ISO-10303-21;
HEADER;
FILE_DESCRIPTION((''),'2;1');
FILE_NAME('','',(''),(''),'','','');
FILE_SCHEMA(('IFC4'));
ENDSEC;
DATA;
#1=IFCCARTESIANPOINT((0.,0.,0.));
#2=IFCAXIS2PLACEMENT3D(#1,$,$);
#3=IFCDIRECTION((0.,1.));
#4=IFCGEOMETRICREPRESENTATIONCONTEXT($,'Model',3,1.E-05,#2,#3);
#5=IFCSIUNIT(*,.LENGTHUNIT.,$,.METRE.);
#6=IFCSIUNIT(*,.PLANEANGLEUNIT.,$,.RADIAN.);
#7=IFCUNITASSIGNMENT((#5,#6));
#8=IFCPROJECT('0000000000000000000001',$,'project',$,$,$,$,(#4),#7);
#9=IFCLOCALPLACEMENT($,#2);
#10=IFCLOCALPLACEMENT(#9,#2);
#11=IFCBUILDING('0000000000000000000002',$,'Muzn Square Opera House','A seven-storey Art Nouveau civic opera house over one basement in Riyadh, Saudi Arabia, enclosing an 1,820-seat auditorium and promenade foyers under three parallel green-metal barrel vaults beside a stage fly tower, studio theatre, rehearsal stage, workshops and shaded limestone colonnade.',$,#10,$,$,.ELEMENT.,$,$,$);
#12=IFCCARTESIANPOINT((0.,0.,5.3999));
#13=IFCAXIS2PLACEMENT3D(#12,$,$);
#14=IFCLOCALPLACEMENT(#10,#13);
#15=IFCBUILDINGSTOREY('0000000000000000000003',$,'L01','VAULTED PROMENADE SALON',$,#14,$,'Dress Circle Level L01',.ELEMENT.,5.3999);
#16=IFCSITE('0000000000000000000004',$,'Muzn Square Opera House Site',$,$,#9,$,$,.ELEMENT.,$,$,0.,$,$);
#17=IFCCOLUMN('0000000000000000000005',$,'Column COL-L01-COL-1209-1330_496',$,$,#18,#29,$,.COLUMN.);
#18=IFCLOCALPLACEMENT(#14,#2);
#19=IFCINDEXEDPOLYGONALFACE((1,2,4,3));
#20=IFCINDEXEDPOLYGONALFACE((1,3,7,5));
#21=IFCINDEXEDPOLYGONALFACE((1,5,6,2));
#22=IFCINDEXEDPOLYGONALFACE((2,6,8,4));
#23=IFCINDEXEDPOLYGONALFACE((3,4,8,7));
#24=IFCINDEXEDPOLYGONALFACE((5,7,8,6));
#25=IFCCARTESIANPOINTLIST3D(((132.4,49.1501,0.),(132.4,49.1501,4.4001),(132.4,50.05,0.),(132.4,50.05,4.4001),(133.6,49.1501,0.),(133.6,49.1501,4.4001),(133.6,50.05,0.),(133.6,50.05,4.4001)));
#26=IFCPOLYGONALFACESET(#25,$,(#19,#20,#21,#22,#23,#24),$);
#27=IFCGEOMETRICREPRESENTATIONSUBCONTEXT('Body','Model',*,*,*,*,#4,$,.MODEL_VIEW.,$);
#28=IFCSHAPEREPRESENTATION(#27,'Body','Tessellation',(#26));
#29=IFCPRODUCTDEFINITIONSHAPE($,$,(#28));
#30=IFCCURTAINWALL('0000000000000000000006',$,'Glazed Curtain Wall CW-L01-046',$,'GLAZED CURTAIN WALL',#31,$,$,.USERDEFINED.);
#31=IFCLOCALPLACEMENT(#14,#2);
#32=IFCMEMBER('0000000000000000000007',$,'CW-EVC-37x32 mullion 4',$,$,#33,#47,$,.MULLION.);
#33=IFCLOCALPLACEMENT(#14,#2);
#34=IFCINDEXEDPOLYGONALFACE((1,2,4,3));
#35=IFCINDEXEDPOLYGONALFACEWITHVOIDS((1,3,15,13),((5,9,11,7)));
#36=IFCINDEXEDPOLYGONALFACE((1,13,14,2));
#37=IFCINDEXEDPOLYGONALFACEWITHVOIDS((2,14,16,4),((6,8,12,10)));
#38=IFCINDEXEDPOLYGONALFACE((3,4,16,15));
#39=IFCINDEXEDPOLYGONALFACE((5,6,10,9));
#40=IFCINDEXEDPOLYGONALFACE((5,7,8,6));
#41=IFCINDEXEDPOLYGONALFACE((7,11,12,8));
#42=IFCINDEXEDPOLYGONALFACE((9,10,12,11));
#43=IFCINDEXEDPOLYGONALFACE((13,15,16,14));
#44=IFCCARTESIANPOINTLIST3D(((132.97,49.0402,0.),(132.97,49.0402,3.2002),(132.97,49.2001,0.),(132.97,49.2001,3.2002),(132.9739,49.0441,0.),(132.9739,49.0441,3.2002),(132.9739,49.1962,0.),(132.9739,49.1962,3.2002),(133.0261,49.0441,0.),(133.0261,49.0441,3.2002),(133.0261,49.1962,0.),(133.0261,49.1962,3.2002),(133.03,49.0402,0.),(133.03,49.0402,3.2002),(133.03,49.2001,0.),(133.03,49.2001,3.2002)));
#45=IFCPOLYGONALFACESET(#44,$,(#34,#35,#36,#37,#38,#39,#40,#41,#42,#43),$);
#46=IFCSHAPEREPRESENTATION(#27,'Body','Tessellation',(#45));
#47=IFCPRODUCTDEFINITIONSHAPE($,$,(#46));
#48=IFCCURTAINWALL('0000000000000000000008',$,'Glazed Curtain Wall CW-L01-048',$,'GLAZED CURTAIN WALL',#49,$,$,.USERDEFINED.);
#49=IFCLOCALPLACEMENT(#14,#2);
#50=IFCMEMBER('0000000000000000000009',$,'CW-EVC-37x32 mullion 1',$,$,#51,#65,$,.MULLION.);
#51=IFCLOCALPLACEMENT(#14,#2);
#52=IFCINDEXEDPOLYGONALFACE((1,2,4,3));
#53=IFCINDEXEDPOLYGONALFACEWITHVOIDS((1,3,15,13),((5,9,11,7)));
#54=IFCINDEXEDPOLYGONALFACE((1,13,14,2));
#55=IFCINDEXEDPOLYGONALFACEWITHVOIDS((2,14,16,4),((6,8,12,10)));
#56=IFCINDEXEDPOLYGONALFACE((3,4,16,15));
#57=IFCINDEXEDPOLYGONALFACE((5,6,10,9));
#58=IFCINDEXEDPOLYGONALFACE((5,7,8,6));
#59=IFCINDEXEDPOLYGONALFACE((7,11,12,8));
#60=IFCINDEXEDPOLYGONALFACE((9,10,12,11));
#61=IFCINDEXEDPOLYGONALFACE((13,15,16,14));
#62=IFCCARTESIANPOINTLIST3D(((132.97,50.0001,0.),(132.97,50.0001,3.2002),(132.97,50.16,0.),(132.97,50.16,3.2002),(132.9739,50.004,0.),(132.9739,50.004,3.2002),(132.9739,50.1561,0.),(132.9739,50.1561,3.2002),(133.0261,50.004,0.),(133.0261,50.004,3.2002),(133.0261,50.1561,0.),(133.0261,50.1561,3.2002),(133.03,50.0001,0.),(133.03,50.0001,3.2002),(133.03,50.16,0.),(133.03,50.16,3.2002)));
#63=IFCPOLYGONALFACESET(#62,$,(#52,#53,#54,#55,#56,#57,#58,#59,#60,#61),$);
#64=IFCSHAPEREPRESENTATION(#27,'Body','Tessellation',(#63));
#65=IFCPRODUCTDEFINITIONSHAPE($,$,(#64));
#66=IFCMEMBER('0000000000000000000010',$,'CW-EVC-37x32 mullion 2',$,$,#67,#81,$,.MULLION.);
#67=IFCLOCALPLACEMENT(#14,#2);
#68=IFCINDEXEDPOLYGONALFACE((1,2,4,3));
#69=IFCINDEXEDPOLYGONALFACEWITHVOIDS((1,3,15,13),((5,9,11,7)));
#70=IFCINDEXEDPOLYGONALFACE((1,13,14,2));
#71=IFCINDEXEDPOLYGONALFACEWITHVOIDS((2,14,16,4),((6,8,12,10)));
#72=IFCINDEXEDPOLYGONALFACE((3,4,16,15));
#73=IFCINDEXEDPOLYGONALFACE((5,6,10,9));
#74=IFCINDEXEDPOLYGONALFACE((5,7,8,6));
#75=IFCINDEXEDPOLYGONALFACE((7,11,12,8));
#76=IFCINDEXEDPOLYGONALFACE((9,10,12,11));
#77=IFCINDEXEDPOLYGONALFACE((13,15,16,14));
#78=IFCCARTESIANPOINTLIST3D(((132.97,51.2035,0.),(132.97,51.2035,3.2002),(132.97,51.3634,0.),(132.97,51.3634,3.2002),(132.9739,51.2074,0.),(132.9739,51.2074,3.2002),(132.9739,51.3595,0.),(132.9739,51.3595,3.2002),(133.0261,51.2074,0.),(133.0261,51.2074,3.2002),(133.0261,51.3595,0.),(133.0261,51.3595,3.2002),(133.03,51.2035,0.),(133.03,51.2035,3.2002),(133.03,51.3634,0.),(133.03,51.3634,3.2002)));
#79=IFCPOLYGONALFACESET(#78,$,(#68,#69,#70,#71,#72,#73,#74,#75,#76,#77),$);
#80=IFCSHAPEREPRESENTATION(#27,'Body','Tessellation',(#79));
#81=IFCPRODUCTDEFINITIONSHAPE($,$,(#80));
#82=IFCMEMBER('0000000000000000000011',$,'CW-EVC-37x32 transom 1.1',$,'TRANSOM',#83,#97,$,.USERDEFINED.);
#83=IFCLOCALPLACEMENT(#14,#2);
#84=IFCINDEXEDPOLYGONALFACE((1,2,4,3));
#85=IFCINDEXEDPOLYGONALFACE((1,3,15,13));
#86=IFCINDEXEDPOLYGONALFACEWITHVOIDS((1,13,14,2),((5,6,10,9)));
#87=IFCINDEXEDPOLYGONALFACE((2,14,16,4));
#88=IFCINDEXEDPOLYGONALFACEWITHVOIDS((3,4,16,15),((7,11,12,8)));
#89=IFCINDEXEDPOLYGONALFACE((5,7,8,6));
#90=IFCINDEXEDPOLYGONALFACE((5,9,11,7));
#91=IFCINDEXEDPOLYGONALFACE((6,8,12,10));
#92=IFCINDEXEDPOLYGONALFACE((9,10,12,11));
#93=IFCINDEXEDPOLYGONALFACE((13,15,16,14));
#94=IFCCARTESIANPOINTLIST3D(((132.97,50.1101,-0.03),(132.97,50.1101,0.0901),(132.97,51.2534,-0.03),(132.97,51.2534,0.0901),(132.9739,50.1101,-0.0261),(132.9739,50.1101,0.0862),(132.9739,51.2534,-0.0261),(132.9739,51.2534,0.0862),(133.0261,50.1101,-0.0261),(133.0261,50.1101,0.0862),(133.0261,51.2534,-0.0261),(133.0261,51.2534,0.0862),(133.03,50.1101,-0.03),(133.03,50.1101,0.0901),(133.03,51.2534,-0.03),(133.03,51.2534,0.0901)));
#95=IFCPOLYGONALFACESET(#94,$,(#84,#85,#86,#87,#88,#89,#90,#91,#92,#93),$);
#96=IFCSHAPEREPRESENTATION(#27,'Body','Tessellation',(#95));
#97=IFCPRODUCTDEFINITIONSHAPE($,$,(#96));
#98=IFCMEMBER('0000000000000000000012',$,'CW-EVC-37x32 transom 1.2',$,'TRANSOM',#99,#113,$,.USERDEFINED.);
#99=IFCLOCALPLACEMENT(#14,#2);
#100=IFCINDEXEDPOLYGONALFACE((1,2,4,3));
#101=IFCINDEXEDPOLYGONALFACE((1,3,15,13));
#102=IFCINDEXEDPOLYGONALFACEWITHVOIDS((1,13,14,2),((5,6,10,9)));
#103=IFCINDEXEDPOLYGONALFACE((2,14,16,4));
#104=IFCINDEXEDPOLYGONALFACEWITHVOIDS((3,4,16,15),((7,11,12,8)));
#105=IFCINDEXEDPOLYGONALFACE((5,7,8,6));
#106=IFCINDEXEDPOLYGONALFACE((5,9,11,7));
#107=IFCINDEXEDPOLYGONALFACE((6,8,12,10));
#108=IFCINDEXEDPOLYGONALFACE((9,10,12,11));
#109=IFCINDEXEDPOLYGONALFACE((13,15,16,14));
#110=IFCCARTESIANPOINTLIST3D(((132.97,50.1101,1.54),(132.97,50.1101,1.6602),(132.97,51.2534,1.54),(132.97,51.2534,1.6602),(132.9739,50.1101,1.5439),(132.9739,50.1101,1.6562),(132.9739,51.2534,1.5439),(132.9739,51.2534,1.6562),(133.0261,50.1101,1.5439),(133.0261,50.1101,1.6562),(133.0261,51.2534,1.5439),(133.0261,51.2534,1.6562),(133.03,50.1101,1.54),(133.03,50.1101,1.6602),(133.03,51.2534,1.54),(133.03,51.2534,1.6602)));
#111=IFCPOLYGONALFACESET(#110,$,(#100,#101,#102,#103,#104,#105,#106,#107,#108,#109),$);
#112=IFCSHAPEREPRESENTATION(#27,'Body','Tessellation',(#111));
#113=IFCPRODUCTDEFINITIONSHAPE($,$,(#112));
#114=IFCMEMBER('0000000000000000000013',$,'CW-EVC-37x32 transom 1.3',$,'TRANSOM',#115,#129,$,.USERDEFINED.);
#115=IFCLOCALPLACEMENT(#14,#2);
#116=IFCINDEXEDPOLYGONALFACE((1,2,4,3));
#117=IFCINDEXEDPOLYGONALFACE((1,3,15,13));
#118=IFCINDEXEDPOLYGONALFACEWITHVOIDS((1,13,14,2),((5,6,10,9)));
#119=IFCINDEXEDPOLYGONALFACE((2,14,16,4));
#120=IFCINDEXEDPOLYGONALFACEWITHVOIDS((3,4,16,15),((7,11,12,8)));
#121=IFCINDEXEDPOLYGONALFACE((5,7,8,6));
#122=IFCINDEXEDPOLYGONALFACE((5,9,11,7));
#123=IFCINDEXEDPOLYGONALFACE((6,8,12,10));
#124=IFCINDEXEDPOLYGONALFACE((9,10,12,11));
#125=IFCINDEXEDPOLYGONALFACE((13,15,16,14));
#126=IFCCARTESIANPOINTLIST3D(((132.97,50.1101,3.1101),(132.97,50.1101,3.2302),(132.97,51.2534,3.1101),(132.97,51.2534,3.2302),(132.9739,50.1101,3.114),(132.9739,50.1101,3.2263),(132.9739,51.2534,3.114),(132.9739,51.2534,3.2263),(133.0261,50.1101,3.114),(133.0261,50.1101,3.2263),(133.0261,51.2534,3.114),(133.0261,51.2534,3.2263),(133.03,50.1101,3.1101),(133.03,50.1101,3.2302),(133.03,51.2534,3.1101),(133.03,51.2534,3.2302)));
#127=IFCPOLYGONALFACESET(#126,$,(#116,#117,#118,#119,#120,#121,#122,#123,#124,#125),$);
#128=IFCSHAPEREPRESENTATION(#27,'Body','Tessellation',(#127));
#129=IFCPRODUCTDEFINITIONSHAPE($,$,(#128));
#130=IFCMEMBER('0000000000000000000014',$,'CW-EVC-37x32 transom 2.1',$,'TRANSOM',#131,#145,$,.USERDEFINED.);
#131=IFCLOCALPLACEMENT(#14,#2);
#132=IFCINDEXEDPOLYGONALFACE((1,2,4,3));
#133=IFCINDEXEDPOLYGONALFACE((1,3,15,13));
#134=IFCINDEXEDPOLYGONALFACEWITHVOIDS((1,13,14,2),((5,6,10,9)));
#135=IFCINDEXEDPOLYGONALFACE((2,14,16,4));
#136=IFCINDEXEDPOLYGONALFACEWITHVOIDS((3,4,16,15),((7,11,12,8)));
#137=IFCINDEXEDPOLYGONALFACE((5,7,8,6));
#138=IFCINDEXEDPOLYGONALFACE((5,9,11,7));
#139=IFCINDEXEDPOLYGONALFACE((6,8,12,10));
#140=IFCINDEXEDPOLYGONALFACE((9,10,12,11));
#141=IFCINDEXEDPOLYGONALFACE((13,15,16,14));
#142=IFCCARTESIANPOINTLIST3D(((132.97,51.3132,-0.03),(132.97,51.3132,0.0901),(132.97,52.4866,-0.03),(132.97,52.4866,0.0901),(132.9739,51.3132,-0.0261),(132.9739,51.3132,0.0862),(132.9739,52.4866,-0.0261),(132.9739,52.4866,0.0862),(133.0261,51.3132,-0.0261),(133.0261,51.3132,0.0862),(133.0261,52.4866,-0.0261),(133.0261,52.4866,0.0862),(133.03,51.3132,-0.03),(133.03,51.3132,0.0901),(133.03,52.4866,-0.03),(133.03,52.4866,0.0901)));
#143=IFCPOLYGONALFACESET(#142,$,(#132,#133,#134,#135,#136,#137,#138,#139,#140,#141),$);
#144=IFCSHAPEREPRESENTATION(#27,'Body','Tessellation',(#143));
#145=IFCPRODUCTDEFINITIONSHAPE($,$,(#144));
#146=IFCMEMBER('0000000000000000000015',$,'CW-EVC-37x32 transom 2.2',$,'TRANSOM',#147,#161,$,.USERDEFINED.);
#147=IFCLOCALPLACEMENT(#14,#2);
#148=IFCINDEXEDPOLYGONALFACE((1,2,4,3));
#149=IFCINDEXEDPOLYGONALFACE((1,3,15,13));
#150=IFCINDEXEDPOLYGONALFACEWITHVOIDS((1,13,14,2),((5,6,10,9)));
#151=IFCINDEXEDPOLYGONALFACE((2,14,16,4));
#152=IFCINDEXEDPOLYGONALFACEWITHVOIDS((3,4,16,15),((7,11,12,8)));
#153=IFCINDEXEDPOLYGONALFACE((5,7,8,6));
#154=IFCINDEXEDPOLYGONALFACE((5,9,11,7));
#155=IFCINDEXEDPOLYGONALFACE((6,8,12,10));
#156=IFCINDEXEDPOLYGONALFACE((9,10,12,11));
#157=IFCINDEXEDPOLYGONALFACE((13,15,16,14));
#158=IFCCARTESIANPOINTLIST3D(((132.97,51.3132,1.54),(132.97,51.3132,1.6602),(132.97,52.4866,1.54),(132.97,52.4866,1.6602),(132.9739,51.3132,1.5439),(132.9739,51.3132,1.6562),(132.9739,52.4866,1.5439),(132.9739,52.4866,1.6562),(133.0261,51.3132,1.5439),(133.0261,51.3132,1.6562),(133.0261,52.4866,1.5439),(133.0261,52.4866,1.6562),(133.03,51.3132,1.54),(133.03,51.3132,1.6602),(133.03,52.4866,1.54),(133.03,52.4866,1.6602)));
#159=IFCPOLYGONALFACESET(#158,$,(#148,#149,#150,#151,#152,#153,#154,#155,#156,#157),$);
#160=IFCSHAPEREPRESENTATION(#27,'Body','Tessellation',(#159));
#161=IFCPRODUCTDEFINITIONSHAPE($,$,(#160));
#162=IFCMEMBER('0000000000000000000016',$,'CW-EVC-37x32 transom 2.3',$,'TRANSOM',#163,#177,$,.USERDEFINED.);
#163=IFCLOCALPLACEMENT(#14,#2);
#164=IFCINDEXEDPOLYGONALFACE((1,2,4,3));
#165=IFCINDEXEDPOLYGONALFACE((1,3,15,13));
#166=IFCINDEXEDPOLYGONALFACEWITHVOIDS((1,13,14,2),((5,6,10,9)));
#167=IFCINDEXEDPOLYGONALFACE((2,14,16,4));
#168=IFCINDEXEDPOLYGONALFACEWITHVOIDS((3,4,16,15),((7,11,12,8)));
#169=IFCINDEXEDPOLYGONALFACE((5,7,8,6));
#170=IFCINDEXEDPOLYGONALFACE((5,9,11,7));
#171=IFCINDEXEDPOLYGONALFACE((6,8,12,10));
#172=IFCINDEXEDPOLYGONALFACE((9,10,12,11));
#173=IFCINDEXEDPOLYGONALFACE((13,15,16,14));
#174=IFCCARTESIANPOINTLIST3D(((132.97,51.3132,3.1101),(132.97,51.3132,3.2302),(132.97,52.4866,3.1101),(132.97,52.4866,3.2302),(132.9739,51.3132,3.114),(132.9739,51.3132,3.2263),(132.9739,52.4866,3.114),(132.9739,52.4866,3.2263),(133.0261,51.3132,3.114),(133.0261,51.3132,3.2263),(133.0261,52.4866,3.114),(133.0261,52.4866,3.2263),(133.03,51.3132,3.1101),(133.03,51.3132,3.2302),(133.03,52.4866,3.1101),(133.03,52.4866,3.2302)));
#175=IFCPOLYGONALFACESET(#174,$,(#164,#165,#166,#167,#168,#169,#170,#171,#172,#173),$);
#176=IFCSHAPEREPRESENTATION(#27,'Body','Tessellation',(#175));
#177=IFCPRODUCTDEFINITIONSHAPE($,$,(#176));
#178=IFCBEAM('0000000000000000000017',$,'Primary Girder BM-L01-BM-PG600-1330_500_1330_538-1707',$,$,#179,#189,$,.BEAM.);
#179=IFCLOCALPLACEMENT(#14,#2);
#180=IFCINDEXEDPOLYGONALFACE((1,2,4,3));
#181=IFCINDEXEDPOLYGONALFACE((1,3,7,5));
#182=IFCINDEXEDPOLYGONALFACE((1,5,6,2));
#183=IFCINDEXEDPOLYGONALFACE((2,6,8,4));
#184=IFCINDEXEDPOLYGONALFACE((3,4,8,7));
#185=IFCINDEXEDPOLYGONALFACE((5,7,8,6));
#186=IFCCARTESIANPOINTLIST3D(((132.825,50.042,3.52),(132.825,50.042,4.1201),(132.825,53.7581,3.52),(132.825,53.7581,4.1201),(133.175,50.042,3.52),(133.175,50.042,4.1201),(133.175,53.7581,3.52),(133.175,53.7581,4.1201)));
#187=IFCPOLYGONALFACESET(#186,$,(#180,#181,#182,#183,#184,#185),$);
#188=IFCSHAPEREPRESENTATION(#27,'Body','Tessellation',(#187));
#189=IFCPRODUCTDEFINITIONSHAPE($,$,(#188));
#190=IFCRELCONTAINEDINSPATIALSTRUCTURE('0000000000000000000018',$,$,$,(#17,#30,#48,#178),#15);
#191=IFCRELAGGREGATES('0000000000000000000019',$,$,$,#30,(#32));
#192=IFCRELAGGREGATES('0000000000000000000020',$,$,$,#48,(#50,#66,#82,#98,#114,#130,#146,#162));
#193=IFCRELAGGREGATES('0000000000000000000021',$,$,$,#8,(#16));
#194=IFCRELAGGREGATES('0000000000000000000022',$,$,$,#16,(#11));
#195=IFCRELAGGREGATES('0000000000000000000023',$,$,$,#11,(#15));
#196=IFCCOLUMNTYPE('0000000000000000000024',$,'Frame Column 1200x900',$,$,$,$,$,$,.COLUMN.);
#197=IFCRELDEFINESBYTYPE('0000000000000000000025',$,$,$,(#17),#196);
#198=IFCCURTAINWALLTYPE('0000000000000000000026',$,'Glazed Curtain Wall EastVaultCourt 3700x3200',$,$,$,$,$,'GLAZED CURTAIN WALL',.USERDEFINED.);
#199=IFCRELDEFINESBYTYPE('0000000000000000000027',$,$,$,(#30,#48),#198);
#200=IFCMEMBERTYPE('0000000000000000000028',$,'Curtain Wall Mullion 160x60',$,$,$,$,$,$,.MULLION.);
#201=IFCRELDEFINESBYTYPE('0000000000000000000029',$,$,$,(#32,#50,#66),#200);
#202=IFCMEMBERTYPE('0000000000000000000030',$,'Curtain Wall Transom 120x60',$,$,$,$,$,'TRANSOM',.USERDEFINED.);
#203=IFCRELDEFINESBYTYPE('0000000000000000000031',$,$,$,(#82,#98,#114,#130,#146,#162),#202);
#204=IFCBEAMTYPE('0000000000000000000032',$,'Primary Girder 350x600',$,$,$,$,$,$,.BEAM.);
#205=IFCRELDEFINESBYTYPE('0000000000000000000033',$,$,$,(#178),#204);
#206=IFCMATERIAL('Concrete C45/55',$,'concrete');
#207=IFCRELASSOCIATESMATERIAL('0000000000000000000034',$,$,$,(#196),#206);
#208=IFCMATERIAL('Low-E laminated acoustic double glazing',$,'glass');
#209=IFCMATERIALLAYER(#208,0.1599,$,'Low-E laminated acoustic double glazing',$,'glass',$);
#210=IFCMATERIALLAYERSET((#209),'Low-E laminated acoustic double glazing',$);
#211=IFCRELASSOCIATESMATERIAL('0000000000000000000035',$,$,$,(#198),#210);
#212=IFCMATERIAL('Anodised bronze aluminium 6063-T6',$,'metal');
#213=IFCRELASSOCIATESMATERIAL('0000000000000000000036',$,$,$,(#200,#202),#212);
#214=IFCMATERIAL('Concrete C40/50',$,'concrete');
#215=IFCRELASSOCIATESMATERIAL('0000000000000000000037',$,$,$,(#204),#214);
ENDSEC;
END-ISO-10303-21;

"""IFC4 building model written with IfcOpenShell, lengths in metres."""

from ifc_helpers import new_model, si_unit, direction, frame, origin, origin_2d, place, context, subcontext, project, spatial, rectangle, hollow_rectangle, extrude, material, layer, layer_set, material_profile, profile_set, type_object, element, aggregate, save


model = new_model("IFC4")

# Units and contexts
model_context = context("Model", 3, precision=1e-05, world=origin(), true_north=direction((0.0, 1.0)))
body_context = subcontext(model_context, "Body", "Model", "MODEL_VIEW")
ifc_project = project(units=[si_unit("LENGTHUNIT", "METRE"), si_unit("PLANEANGLEUNIT", "RADIAN")], contexts=[model_context])

# Site, building, storey
site_placement = place(None, origin())
site = spatial("IfcSite", under=ifc_project, at=site_placement, Name="Muzn Square Opera House Site", CompositionType="ELEMENT", RefElevation=0.0)
building_placement = place(site_placement, origin())
building = spatial("IfcBuilding", under=site, at=building_placement, Name="Muzn Square Opera House", Description="A seven-storey Art Nouveau civic opera house over one basement in Riyadh, Saudi Arabia, enclosing an 1,820-seat auditorium and promenade foyers under three parallel green-metal barrel vaults beside a stage fly tower, studio theatre, rehearsal stage, workshops and shaded limestone colonnade.", CompositionType="ELEMENT")
storey_placement = place(building_placement, frame((0.0, 0.0, 5.3999)))
storey = spatial("IfcBuildingStorey", under=building, at=storey_placement, Name="L01", Description="VAULTED PROMENADE SALON", LongName="Dress Circle Level L01", CompositionType="ELEMENT", Elevation=5.3999)

# Column
ifc_material_1 = material(Name="Concrete C45/55", Category="concrete")
ifc_material_profile_1 = material_profile(ifc_material_1, rectangle(XDim=1.2, YDim=0.8999, at=origin_2d()), Name="RC 1200x900", Category="concrete")
ifc_profile_set_1 = profile_set([ifc_material_profile_1], Name="Concrete C45/55")
column_type = type_object("IfcColumnType", Name="Frame Column 1200x900", PredefinedType="COLUMN", material=ifc_profile_set_1)
column_placement = place(storey_placement, frame((133.0, 49.6001, 0.0), z_axis=(0.0, 0.0, 1.0), x_axis=(1.0, 0.0, 0.0)))
element("IfcColumn", 1, at=column_placement, inside=storey, type_object=column_type, Name="Column COL-L01-COL-1209-1330_496", PredefinedType="COLUMN", context=body_context, shape_type="SweptSolid", body=[
    extrude(rectangle(XDim=1.2, YDim=0.8999, at=origin_2d()), origin(), (0.0, 0.0, 1.0), 4.4001),
])

# Curtain wall, member
ifc_material_2 = material(Name="Low-E laminated acoustic double glazing", Category="glass")
ifc_layer_1 = layer(ifc_material_2, 0.1599, Name="Low-E laminated acoustic double glazing", Category="glass")
ifc_layer_set_1 = layer_set([ifc_layer_1], Name="Low-E laminated acoustic double glazing")
curtain_wall_type = type_object("IfcCurtainWallType", Name="Glazed Curtain Wall EastVaultCourt 3700x3200", ElementType="GLAZED CURTAIN WALL", PredefinedType="USERDEFINED", material=ifc_layer_set_1)
curtain_wall_1_placement = place(storey_placement, origin())
curtain_wall_1 = element("IfcCurtainWall", 2, at=curtain_wall_1_placement, inside=storey, type_object=curtain_wall_type, Name="Glazed Curtain Wall CW-L01-046", ObjectType="GLAZED CURTAIN WALL", PredefinedType="USERDEFINED")
ifc_material_3 = material(Name="Anodised bronze aluminium 6063-T6", Category="metal")
ifc_material_profile_2 = material_profile(ifc_material_3, hollow_rectangle(XDim=0.0601, YDim=0.1599, WallThickness=0.0039, at=origin_2d()), Name="ALU 160x60x4", Category="metal")
ifc_profile_set_2 = profile_set([ifc_material_profile_2], Name="Anodised bronze aluminium 6063-T6")
member_type_1 = type_object("IfcMemberType", Name="Curtain Wall Mullion 160x60", PredefinedType="MULLION", material=ifc_profile_set_2)
member_1_placement = place(storey_placement, frame((133.0, 49.1201, 0.0), z_axis=(0.0, 0.0, 1.0), x_axis=(-1.0, 0.0, 0.0)))
member_1 = element("IfcMember", 3, at=member_1_placement, type_object=member_type_1, Name="CW-EVC-37x32 mullion 4", PredefinedType="MULLION", context=body_context, shape_type="SweptSolid", body=[
    extrude(hollow_rectangle(XDim=0.0601, YDim=0.1599, WallThickness=0.0039, at=origin_2d()), origin(), (0.0, 0.0, 1.0), 3.2002),
])

# Curtain wall, members
curtain_wall_2_placement = place(storey_placement, origin())
curtain_wall_2 = element("IfcCurtainWall", 4, at=curtain_wall_2_placement, inside=storey, type_object=curtain_wall_type, Name="Glazed Curtain Wall CW-L01-048", ObjectType="GLAZED CURTAIN WALL", PredefinedType="USERDEFINED")
member_2_placement = place(storey_placement, frame((133.0, 50.0801, 0.0), z_axis=(0.0, 0.0, 1.0), x_axis=(-1.0, 0.0, 0.0)))
member_2 = element("IfcMember", 5, at=member_2_placement, type_object=member_type_1, Name="CW-EVC-37x32 mullion 1", PredefinedType="MULLION", context=body_context, shape_type="SweptSolid", body=[
    extrude(hollow_rectangle(XDim=0.0601, YDim=0.1599, WallThickness=0.0039, at=origin_2d()), origin(), (0.0, 0.0, 1.0), 3.2002),
])
member_3_placement = place(storey_placement, frame((133.0, 51.2834, 0.0), z_axis=(0.0, 0.0, 1.0), x_axis=(-1.0, 0.0, 0.0)))
member_3 = element("IfcMember", 6, at=member_3_placement, type_object=member_type_1, Name="CW-EVC-37x32 mullion 2", PredefinedType="MULLION", context=body_context, shape_type="SweptSolid", body=[
    extrude(hollow_rectangle(XDim=0.0601, YDim=0.1599, WallThickness=0.0039, at=origin_2d()), origin(), (0.0, 0.0, 1.0), 3.2002),
])
ifc_material_profile_3 = material_profile(ifc_material_3, hollow_rectangle(XDim=0.0601, YDim=0.1201, WallThickness=0.0039, at=origin_2d()), Name="ALU 120x60x4", Category="metal")
ifc_profile_set_3 = profile_set([ifc_material_profile_3], Name="Anodised bronze aluminium 6063-T6")
member_type_2 = type_object("IfcMemberType", Name="Curtain Wall Transom 120x60", ElementType="TRANSOM", PredefinedType="USERDEFINED", material=ifc_profile_set_3)
member_4_placement = place(storey_placement, frame((133.0, 50.1101, 0.03), z_axis=(0.0, 1.0, 0.0), x_axis=(-1.0, 0.0, 0.0)))
member_4 = element("IfcMember", 7, at=member_4_placement, type_object=member_type_2, Name="CW-EVC-37x32 transom 1.1", ObjectType="TRANSOM", PredefinedType="USERDEFINED", context=body_context, shape_type="SweptSolid", body=[
    extrude(hollow_rectangle(XDim=0.0601, YDim=0.1201, WallThickness=0.0039, at=origin_2d()), origin(), (0.0, 0.0, 1.0), 1.1433),
])
member_5_placement = place(storey_placement, frame((133.0, 50.1101, 1.6001), z_axis=(0.0, 1.0, 0.0), x_axis=(-1.0, 0.0, 0.0)))
member_5 = element("IfcMember", 8, at=member_5_placement, type_object=member_type_2, Name="CW-EVC-37x32 transom 1.2", ObjectType="TRANSOM", PredefinedType="USERDEFINED", context=body_context, shape_type="SweptSolid", body=[
    extrude(hollow_rectangle(XDim=0.0601, YDim=0.1201, WallThickness=0.0039, at=origin_2d()), origin(), (0.0, 0.0, 1.0), 1.1433),
])
member_6_placement = place(storey_placement, frame((133.0, 50.1101, 3.1702), z_axis=(0.0, 1.0, 0.0), x_axis=(-1.0, 0.0, 0.0)))
member_6 = element("IfcMember", 9, at=member_6_placement, type_object=member_type_2, Name="CW-EVC-37x32 transom 1.3", ObjectType="TRANSOM", PredefinedType="USERDEFINED", context=body_context, shape_type="SweptSolid", body=[
    extrude(hollow_rectangle(XDim=0.0601, YDim=0.1201, WallThickness=0.0039, at=origin_2d()), origin(), (0.0, 0.0, 1.0), 1.1433),
])
member_7_placement = place(storey_placement, frame((133.0, 51.3132, 0.03), z_axis=(0.0, 1.0, 0.0), x_axis=(-1.0, 0.0, 0.0)))
member_7 = element("IfcMember", 10, at=member_7_placement, type_object=member_type_2, Name="CW-EVC-37x32 transom 2.1", ObjectType="TRANSOM", PredefinedType="USERDEFINED", context=body_context, shape_type="SweptSolid", body=[
    extrude(hollow_rectangle(XDim=0.0601, YDim=0.1201, WallThickness=0.0039, at=origin_2d()), origin(), (0.0, 0.0, 1.0), 1.1733),
])
member_8_placement = place(storey_placement, frame((133.0, 51.3132, 1.6001), z_axis=(0.0, 1.0, 0.0), x_axis=(-1.0, 0.0, 0.0)))
member_8 = element("IfcMember", 11, at=member_8_placement, type_object=member_type_2, Name="CW-EVC-37x32 transom 2.2", ObjectType="TRANSOM", PredefinedType="USERDEFINED", context=body_context, shape_type="SweptSolid", body=[
    extrude(hollow_rectangle(XDim=0.0601, YDim=0.1201, WallThickness=0.0039, at=origin_2d()), origin(), (0.0, 0.0, 1.0), 1.1733),
])
member_9_placement = place(storey_placement, frame((133.0, 51.3132, 3.1702), z_axis=(0.0, 1.0, 0.0), x_axis=(-1.0, 0.0, 0.0)))
member_9 = element("IfcMember", 12, at=member_9_placement, type_object=member_type_2, Name="CW-EVC-37x32 transom 2.3", ObjectType="TRANSOM", PredefinedType="USERDEFINED", context=body_context, shape_type="SweptSolid", body=[
    extrude(hollow_rectangle(XDim=0.0601, YDim=0.1201, WallThickness=0.0039, at=origin_2d()), origin(), (0.0, 0.0, 1.0), 1.1733),
])

# Beam
ifc_material_4 = material(Name="Concrete C40/50", Category="concrete")
ifc_material_profile_4 = material_profile(ifc_material_4, rectangle(XDim=0.3501, YDim=0.6001, at=origin_2d()), Name="RCB 350x600", Category="concrete")
ifc_profile_set_4 = profile_set([ifc_material_profile_4], Name="Concrete C40/50")
beam_type = type_object("IfcBeamType", Name="Primary Girder 350x600", PredefinedType="BEAM", material=ifc_profile_set_4)
beam_placement = place(storey_placement, frame((133.0, 50.042, 3.8201), z_axis=(0.0, 1.0, 0.0), x_axis=(-1.0, 0.0, 0.0)))
element("IfcBeam", 13, at=beam_placement, inside=storey, type_object=beam_type, Name="Primary Girder BM-L01-BM-PG600-1330_500_1330_538-1707", PredefinedType="BEAM", context=body_context, shape_type="SweptSolid", body=[
    extrude(rectangle(XDim=0.3501, YDim=0.6001, at=origin_2d()), origin(), (0.0, 0.0, 1.0), 3.7161),
])

aggregate(curtain_wall_1, [member_1])
aggregate(curtain_wall_2, [member_2, member_3, member_4, member_5, member_6, member_7, member_8, member_9])

save(model, "model.ifc")
